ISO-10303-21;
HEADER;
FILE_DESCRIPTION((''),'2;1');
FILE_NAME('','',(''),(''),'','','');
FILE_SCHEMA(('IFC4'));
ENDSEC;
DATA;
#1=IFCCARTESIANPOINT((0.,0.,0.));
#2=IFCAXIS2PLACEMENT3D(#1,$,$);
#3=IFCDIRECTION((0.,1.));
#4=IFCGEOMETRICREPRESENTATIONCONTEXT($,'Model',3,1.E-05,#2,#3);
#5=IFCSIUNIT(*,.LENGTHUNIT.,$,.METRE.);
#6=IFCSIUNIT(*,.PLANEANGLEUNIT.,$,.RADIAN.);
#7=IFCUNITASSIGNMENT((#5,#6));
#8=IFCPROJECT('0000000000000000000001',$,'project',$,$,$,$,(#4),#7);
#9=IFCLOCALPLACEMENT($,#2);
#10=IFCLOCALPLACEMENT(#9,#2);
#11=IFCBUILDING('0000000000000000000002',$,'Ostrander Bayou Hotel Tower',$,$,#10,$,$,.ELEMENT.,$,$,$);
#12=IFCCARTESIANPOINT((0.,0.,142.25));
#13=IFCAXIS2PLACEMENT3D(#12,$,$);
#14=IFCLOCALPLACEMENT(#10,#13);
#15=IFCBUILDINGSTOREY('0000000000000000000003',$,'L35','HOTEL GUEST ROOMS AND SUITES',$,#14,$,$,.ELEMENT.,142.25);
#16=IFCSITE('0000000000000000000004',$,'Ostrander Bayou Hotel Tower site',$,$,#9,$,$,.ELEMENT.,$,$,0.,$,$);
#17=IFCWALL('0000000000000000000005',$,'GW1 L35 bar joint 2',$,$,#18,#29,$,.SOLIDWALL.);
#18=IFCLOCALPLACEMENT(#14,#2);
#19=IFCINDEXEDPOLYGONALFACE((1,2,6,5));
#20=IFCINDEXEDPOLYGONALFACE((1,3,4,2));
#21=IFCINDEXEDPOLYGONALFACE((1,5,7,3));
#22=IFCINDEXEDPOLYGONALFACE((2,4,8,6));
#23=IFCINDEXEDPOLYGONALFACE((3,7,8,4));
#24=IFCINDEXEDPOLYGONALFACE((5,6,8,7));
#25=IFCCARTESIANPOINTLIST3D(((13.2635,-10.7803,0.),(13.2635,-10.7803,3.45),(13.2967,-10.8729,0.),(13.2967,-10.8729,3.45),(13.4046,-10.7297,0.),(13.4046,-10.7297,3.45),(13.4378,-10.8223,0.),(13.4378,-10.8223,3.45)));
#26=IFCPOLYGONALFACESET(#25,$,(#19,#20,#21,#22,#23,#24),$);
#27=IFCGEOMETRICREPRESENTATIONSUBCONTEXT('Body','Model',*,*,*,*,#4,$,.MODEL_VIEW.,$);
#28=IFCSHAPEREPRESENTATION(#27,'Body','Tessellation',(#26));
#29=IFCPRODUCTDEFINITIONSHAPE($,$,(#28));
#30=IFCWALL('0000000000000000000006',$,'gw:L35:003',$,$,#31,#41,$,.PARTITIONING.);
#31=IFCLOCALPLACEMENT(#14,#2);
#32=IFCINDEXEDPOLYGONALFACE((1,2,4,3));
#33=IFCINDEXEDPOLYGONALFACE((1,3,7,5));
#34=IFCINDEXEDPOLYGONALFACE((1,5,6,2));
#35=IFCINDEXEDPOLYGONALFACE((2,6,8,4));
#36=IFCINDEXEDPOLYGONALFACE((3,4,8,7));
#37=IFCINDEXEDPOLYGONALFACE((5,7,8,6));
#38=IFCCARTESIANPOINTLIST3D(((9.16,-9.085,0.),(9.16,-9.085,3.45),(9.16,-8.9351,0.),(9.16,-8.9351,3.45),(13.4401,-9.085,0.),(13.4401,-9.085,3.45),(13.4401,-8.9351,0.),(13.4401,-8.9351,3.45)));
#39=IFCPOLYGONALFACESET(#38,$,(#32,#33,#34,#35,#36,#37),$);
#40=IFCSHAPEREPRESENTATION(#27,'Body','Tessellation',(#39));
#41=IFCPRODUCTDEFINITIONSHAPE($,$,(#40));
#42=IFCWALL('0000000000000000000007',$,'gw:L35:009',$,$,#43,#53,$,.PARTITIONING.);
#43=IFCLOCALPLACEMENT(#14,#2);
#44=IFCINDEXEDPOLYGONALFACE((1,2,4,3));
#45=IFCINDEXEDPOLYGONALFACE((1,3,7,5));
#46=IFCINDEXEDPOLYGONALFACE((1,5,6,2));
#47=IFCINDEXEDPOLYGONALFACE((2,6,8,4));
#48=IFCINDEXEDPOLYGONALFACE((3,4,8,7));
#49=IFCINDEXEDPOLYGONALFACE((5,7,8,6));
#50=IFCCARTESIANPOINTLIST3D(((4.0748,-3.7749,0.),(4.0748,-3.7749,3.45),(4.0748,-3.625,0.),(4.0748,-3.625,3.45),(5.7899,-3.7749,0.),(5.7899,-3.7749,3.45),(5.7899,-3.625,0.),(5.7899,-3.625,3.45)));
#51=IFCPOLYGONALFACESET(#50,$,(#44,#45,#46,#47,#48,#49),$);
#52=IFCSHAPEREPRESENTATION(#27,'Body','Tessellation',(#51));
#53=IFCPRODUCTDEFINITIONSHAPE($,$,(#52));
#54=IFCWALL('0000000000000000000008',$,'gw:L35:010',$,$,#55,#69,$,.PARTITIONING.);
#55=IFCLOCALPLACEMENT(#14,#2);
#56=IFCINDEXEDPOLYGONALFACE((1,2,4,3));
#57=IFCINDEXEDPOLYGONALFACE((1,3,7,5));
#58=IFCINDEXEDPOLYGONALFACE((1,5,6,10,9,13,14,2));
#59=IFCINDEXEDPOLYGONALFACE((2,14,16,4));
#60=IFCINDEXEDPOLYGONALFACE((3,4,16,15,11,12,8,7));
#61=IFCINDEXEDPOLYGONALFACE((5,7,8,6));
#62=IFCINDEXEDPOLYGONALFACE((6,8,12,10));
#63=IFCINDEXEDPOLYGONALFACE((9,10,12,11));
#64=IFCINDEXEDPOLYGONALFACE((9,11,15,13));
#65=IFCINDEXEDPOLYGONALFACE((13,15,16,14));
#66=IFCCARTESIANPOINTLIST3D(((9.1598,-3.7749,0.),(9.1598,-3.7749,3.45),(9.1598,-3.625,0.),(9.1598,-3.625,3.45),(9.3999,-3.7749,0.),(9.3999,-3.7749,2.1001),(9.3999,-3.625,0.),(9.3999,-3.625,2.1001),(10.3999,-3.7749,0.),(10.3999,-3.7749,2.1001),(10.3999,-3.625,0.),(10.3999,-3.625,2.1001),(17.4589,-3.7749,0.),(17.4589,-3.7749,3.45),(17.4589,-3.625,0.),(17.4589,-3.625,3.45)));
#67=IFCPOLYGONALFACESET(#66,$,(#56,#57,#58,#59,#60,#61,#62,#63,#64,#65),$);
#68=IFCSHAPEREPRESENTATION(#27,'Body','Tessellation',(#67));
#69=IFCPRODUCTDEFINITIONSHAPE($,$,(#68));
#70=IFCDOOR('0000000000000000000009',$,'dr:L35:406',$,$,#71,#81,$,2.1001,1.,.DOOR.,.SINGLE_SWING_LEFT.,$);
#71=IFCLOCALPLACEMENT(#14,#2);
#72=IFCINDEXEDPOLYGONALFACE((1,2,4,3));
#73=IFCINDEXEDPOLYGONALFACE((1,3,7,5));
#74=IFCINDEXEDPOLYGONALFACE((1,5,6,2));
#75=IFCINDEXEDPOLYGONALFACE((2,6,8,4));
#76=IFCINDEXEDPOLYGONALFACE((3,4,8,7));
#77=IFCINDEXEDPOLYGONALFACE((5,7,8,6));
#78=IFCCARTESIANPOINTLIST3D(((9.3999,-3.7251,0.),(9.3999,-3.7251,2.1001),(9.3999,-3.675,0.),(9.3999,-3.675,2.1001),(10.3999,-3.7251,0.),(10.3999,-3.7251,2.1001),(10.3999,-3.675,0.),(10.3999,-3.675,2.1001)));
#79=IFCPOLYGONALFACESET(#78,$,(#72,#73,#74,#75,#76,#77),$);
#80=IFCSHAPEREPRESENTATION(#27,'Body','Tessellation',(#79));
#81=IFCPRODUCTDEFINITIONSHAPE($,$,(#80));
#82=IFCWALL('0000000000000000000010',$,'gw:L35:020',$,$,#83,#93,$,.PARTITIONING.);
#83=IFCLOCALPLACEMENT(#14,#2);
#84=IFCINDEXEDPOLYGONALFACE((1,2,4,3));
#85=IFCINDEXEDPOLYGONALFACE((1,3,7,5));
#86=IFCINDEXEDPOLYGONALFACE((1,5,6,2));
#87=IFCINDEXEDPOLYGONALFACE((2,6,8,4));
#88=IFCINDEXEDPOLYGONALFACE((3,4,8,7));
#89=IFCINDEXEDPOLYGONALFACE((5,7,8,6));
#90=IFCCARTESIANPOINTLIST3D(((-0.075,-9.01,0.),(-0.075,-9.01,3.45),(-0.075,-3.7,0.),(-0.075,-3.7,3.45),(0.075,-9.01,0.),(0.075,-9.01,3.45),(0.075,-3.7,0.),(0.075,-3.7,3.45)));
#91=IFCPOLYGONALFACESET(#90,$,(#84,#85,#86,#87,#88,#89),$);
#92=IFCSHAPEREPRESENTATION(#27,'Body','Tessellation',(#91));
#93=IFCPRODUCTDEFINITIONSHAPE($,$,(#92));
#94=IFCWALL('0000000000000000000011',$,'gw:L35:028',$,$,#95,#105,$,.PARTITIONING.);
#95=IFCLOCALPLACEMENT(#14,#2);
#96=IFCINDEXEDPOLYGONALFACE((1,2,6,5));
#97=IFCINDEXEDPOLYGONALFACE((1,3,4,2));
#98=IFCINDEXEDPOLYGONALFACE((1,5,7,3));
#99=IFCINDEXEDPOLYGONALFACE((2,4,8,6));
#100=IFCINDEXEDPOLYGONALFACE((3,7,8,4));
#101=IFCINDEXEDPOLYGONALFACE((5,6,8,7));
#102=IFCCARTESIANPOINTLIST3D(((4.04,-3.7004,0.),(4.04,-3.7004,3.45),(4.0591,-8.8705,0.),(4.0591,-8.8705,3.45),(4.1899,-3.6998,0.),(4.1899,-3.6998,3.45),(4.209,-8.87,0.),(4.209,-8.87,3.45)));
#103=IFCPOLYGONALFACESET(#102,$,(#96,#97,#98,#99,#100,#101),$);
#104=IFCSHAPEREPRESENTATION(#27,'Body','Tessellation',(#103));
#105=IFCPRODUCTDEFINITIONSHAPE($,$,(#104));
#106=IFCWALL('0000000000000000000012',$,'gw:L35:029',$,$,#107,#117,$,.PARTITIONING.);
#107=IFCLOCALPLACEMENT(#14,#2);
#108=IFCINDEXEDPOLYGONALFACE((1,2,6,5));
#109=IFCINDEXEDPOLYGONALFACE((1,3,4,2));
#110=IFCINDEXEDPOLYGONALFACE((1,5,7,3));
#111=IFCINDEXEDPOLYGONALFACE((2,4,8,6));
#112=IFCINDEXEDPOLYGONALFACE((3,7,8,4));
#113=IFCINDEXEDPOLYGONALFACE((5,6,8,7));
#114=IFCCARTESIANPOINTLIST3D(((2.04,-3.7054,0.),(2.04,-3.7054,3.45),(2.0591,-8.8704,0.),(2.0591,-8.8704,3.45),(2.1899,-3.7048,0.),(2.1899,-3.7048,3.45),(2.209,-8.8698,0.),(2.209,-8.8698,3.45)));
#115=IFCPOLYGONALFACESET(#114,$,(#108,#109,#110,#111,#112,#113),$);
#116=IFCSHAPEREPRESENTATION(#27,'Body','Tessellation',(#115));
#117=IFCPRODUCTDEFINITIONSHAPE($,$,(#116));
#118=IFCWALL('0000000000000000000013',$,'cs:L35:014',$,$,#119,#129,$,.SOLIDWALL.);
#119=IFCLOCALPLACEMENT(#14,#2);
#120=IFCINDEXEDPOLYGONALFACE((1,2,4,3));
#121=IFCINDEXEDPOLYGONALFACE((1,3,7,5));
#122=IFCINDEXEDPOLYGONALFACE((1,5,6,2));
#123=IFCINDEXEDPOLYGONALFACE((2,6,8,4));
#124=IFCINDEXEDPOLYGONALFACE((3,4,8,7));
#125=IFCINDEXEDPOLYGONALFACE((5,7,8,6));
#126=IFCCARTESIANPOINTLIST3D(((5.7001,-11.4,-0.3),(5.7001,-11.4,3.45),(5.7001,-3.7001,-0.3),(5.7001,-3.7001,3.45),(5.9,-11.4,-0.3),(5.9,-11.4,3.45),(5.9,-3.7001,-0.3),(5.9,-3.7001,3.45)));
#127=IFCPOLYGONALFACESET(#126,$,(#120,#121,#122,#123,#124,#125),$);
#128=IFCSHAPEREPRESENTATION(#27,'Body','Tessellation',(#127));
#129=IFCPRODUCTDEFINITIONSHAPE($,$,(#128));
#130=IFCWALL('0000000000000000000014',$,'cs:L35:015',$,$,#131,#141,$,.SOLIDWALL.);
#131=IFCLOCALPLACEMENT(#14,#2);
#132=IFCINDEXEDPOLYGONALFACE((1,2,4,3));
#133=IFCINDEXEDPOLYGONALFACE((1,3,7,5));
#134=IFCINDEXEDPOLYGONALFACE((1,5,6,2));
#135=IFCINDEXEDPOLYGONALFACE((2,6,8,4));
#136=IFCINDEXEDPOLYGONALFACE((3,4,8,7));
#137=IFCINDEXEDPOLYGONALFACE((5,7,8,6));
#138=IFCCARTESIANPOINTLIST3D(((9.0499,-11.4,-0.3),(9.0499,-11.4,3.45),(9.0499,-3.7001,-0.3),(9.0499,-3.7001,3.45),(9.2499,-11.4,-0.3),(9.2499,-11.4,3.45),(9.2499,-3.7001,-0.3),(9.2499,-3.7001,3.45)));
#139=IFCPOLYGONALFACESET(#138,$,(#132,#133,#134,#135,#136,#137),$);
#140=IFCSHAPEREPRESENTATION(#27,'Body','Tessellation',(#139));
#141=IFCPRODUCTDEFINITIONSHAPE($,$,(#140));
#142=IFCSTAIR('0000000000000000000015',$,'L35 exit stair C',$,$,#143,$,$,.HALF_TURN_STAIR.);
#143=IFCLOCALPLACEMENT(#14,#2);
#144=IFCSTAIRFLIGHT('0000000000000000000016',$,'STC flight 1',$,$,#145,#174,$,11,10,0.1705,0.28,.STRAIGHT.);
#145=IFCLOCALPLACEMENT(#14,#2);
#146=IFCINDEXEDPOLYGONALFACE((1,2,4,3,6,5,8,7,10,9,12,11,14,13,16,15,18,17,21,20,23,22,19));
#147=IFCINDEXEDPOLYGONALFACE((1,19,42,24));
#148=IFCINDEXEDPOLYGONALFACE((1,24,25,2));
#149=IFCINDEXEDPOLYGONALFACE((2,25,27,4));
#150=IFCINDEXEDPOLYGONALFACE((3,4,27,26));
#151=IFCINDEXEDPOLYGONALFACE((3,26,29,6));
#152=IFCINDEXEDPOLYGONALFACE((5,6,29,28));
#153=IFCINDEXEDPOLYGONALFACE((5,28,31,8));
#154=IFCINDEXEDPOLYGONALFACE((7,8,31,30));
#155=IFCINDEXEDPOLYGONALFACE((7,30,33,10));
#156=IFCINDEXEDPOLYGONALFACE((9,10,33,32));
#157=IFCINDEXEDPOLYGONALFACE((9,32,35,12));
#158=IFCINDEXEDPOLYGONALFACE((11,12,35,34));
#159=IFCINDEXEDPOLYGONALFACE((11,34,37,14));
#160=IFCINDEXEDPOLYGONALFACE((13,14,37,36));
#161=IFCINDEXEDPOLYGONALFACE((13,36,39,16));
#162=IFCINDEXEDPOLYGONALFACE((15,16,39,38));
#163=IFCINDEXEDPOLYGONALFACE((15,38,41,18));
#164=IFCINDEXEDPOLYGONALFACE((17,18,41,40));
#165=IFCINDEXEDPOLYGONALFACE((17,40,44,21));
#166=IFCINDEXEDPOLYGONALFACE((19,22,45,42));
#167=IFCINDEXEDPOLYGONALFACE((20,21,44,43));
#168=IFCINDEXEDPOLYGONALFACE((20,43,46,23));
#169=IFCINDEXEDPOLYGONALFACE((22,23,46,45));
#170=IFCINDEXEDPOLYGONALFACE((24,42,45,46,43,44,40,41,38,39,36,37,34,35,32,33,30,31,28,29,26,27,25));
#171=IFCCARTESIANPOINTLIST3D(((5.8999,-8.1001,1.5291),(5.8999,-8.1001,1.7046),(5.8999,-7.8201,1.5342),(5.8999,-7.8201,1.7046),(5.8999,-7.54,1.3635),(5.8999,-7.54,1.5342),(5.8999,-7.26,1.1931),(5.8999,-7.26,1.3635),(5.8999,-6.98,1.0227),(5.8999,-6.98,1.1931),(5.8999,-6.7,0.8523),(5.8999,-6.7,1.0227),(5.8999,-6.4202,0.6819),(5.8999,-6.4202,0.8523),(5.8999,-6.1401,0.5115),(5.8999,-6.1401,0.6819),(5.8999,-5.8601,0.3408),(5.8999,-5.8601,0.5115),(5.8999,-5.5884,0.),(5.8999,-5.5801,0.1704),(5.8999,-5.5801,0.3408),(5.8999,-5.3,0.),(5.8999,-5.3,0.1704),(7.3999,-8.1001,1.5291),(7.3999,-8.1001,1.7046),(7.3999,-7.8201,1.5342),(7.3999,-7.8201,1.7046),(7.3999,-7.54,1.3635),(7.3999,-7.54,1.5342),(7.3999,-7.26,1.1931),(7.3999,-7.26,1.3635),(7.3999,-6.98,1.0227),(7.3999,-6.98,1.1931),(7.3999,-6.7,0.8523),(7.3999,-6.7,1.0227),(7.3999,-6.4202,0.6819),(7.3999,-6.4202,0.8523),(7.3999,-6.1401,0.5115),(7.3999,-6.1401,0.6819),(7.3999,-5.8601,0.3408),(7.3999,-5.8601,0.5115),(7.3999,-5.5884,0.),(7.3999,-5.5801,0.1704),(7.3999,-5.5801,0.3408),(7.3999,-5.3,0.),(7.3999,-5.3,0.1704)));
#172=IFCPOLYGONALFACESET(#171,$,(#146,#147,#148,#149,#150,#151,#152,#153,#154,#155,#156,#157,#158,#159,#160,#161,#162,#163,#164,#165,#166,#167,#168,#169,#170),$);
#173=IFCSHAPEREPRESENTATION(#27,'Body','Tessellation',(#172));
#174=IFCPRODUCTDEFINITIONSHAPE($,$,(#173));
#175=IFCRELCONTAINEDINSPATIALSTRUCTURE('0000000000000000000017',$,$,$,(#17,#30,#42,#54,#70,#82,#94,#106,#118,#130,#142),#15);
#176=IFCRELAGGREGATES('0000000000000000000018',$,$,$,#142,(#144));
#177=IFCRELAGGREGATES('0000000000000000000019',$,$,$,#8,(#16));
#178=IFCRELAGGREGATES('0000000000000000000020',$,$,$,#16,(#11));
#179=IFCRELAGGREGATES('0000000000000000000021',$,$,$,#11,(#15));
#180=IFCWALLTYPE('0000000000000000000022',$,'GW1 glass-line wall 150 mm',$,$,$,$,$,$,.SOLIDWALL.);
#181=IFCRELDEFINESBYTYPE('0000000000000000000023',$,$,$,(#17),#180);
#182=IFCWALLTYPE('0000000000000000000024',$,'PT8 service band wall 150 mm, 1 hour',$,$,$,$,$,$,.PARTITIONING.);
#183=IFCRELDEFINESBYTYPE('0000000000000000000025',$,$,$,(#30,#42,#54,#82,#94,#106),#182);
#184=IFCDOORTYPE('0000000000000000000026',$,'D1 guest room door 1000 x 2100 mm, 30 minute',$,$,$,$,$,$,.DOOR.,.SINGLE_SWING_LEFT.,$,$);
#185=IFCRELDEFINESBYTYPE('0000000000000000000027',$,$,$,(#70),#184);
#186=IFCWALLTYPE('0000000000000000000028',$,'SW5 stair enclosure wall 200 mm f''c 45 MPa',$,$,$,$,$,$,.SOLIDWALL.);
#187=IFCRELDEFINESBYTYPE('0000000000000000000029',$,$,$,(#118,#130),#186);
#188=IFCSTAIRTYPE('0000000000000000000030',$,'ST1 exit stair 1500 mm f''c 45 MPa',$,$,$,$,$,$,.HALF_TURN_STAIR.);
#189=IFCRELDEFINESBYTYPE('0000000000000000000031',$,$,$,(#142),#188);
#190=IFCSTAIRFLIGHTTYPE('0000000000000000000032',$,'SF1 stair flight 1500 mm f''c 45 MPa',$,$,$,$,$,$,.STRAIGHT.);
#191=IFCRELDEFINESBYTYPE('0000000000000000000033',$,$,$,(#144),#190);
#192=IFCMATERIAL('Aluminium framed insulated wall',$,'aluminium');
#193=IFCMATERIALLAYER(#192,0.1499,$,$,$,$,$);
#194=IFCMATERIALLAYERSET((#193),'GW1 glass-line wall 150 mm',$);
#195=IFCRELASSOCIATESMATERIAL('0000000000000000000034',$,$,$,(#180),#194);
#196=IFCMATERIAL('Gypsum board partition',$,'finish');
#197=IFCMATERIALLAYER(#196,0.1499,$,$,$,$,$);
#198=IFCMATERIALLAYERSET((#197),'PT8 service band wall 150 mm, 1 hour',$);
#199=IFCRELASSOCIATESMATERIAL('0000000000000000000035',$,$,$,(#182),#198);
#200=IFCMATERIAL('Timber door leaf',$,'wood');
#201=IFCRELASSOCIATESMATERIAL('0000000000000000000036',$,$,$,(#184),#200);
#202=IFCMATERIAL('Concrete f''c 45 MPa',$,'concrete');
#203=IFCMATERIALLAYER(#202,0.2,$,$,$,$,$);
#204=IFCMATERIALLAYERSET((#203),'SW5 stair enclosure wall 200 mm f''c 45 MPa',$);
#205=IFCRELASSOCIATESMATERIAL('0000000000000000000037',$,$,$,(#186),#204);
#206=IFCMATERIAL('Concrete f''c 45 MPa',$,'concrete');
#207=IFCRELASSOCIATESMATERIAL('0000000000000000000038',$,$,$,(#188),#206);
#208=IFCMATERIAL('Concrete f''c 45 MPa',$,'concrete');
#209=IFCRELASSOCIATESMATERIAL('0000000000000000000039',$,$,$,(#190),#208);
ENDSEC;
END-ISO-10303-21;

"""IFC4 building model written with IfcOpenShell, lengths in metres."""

from ifc_helpers import new_model, si_unit, direction, frame, frame_2d, origin, place, context, subcontext, project, spatial, polyline, rectangle, outline, extrude, material, layer, layer_set, type_object, element, fill, aggregate, save


model = new_model("IFC4")

# Units and contexts
model_context = context("Model", 3, precision=1e-05, world=origin(), true_north=direction((0.0, 1.0)))
body_context = subcontext(model_context, "Body", "Model", "MODEL_VIEW")
ifc_project = project(units=[si_unit("LENGTHUNIT", "METRE"), si_unit("PLANEANGLEUNIT", "RADIAN")], contexts=[model_context])

# Site, building, storey
site_placement = place(None, origin())
site = spatial("IfcSite", under=ifc_project, at=site_placement, Name="Ostrander Bayou Hotel Tower site", CompositionType="ELEMENT", RefElevation=0.0)
building_placement = place(site_placement, origin())
building = spatial("IfcBuilding", under=site, at=building_placement, Name="Ostrander Bayou Hotel Tower", CompositionType="ELEMENT")
storey_placement = place(building_placement, frame((0.0, 0.0, 142.25)))
storey = spatial("IfcBuildingStorey", under=building, at=storey_placement, Name="L35", Description="HOTEL GUEST ROOMS AND SUITES", CompositionType="ELEMENT", Elevation=142.25)

# Walls
ifc_material_1 = material(Name="Aluminium framed insulated wall", Category="aluminium")
ifc_layer_1 = layer(ifc_material_1, 0.1499)
ifc_layer_set_1 = layer_set([ifc_layer_1], Name="GW1 glass-line wall 150 mm")
wall_type_1 = type_object("IfcWallType", Name="GW1 glass-line wall 150 mm", PredefinedType="SOLIDWALL", material=ifc_layer_set_1)
wall_1_placement = place(storey_placement, frame((13.334, -10.7549, 0.0), z_axis=(0.0, 0.0, 1.0), x_axis=(0.337752, -0.941235, 0.0)))
element("IfcWall", 1, at=wall_1_placement, inside=storey, type_object=wall_type_1, Name="GW1 L35 bar joint 2", PredefinedType="SOLIDWALL", context=body_context, shape_type="SweptSolid", body=[
    extrude(rectangle(XDim=0.0984, YDim=0.1499, at=frame_2d((0.0493, 0.0))), origin(), (0.0, 0.0, 1.0), 3.45),
])
ifc_material_2 = material(Name="Gypsum board partition", Category="finish")
ifc_layer_2 = layer(ifc_material_2, 0.1499)
ifc_layer_set_2 = layer_set([ifc_layer_2], Name="PT8 service band wall 150 mm, 1 hour")
wall_type_2 = type_object("IfcWallType", Name="PT8 service band wall 150 mm, 1 hour", PredefinedType="PARTITIONING", material=ifc_layer_set_2)
wall_2_placement = place(storey_placement, frame((9.1599, -9.01, 0.0), z_axis=(0.0, 0.0, 1.0), x_axis=(1.0, 0.0, 0.0)))
element("IfcWall", 2, at=wall_2_placement, inside=storey, type_object=wall_type_2, Name="gw:L35:003", PredefinedType="PARTITIONING", context=body_context, shape_type="SweptSolid", body=[
    extrude(rectangle(XDim=4.28, YDim=0.1499, at=frame_2d((2.1401, 0.0))), origin(), (0.0, 0.0, 1.0), 3.45),
])
wall_3_placement = place(storey_placement, frame((4.075, -3.7, 0.0), z_axis=(0.0, 0.0, 1.0), x_axis=(1.0, 0.0, 0.0)))
element("IfcWall", 3, at=wall_3_placement, inside=storey, type_object=wall_type_2, Name="gw:L35:009", PredefinedType="PARTITIONING", context=body_context, shape_type="SweptSolid", body=[
    extrude(rectangle(XDim=1.7151, YDim=0.1499, at=frame_2d((0.8574, 0.0))), origin(), (0.0, 0.0, 1.0), 3.45),
])

# Wall, opening, door
wall_4_placement = place(storey_placement, frame((9.1599, -3.7, 0.0), z_axis=(0.0, 0.0, 1.0), x_axis=(1.0, 0.0, 0.0)))
wall_4 = element("IfcWall", 4, at=wall_4_placement, inside=storey, type_object=wall_type_2, Name="gw:L35:010", PredefinedType="PARTITIONING", context=body_context, shape_type="SweptSolid", body=[
    extrude(rectangle(XDim=8.2991, YDim=0.1499, at=frame_2d((4.1494, 0.0))), origin(), (0.0, 0.0, 1.0), 3.45),
])
opening_1_placement = place(wall_4_placement, frame((0.24, 0.0, 0.0)))
opening_1 = element("IfcOpeningElement", 5, at=opening_1_placement, cuts=wall_4, PredefinedType="OPENING", context=body_context, shape_type="SweptSolid", body=[
    extrude(rectangle(XDim=1.0, YDim=2.1001, at=frame_2d((0.5, 1.05))), frame((0.0, 0.075, 0.0), z_axis=(0.0, -1.0, 0.0), x_axis=(1.0, 0.0, 0.0)), (0.0, 0.0, 1.0), 0.1499),
])
ifc_material_3 = material(Name="Timber door leaf", Category="wood")
door_type_1 = type_object("IfcDoorType", Name="D1 guest room door 1000 x 2100 mm, 30 minute", OperationType="SINGLE_SWING_LEFT", PredefinedType="DOOR", material=ifc_material_3)
door_1_placement = place(opening_1_placement, origin())
door_1 = element("IfcDoor", 6, at=door_1_placement, inside=storey, type_object=door_type_1, Name="dr:L35:406", OperationType="SINGLE_SWING_LEFT", OverallHeight=2.1001, OverallWidth=1.0, PredefinedType="DOOR", context=body_context, shape_type="SweptSolid", body=[
    extrude(rectangle(XDim=1.0, YDim=2.1001, at=frame_2d((0.5, 1.05))), frame((0.0, 0.0249, 0.0), z_axis=(0.0, -1.0, 0.0), x_axis=(1.0, 0.0, 0.0)), (0.0, 0.0, 1.0), 0.05),
])
fill(opening_1, door_1)

# Walls
wall_5_placement = place(storey_placement, frame((0.0, -9.01, 0.0), z_axis=(0.0, 0.0, 1.0), x_axis=(0.0, 1.0, 0.0)))
element("IfcWall", 7, at=wall_5_placement, inside=storey, type_object=wall_type_2, Name="gw:L35:020", PredefinedType="PARTITIONING", context=body_context, shape_type="SweptSolid", body=[
    extrude(rectangle(XDim=5.3101, YDim=0.1499, at=frame_2d((2.655, 0.0))), origin(), (0.0, 0.0, 1.0), 3.45),
])
wall_6_placement = place(storey_placement, frame((4.134, -8.8701, 0.0), z_axis=(0.0, 0.0, 1.0), x_axis=(-0.003683, 0.999993, 0.0)))
element("IfcWall", 8, at=wall_6_placement, inside=storey, type_object=wall_type_2, Name="gw:L35:028", PredefinedType="PARTITIONING", context=body_context, shape_type="SweptSolid", body=[
    extrude(rectangle(XDim=5.1702, YDim=0.1499, at=frame_2d((2.585, 0.0))), origin(), (0.0, 0.0, 1.0), 3.45),
])
wall_7_placement = place(storey_placement, frame((2.134, -8.8701, 0.0), z_axis=(0.0, 0.0, 1.0), x_axis=(-0.003687, 0.999993, 0.0)))
element("IfcWall", 9, at=wall_7_placement, inside=storey, type_object=wall_type_2, Name="gw:L35:029", PredefinedType="PARTITIONING", context=body_context, shape_type="SweptSolid", body=[
    extrude(rectangle(XDim=5.165, YDim=0.1499, at=frame_2d((2.5825, 0.0))), origin(), (0.0, 0.0, 1.0), 3.45),
])

# Shared definitions
ifc_material_4 = material(Name="Concrete f'c 45 MPa", Category="concrete")
ifc_layer_3 = layer(ifc_material_4, 0.2)
ifc_layer_set_3 = layer_set([ifc_layer_3], Name="SW5 stair enclosure wall 200 mm f'c 45 MPa")
wall_type_3 = type_object("IfcWallType", Name="SW5 stair enclosure wall 200 mm f'c 45 MPa", PredefinedType="SOLIDWALL", material=ifc_layer_set_3)

# Walls
for number, where, z_axis, x_axis, name in (
    (10, (5.8, -3.7, -0.3), (0.0, 0.0, 1.0), (0.0, -1.0, 0.0), "cs:L35:014"),
    (11, (9.1499, -3.7, -0.3), (0.0, 0.0, 1.0), (0.0, -1.0, 0.0), "cs:L35:015"),
):
    element("IfcWall", number, at=place(storey_placement, frame(where, z_axis=z_axis, x_axis=x_axis)), inside=storey, type_object=wall_type_3, Name=name, PredefinedType="SOLIDWALL", context=body_context, shape_type="SweptSolid", body=[
        extrude(rectangle(XDim=7.7, YDim=0.2, at=frame_2d((3.8501, 0.0))), origin(), (0.0, 0.0, 1.0), 3.75),
    ])

# Stair, stair flight
ifc_material_5 = material(Name="Concrete f'c 45 MPa", Category="concrete")
stair_type = type_object("IfcStairType", Name="ST1 exit stair 1500 mm f'c 45 MPa", PredefinedType="HALF_TURN_STAIR", material=ifc_material_5)
stair_placement = place(storey_placement, origin())
stair = element("IfcStair", 12, at=stair_placement, inside=storey, type_object=stair_type, Name="L35 exit stair C", PredefinedType="HALF_TURN_STAIR")
ifc_material_6 = material(Name="Concrete f'c 45 MPa", Category="concrete")
stair_flight_type = type_object("IfcStairFlightType", Name="SF1 stair flight 1500 mm f'c 45 MPa", PredefinedType="STRAIGHT", material=ifc_material_6)
stair_flight_1_placement = place(storey_placement, frame((6.6499, -5.3, 0.0), z_axis=(0.0, 0.0, 1.0), x_axis=(0.0, -1.0, 0.0)))
stair_flight_1 = element("IfcStairFlight", 13, at=stair_flight_1_placement, type_object=stair_flight_type, Name="STC flight 1", NumberOfRisers=11, NumberOfTreads=10, PredefinedType="STRAIGHT", RiserHeight=0.1705, TreadLength=0.28, context=body_context, shape_type="SweptSolid", body=[
    extrude(outline(polyline([(0.0, 0.0), (0.0, 0.1704), (0.28, 0.1704), (0.28, 0.3408), (0.5601, 0.3408), (0.5601, 0.5115), (0.8401, 0.5115), (0.8401, 0.6819), (1.1201, 0.6819), (1.1201, 0.8523), (1.3999, 0.8523), (1.3999, 1.0227), (1.6799, 1.0227), (1.6799, 1.1931), (1.96, 1.1931), (1.96, 1.3635), (2.24, 1.3635), (2.24, 1.5342), (2.52, 1.5342), (2.52, 1.7046), (2.8, 1.7046), (2.8, 1.875), (2.8, 1.5291), (0.2883, 0.0), (0.0, 0.0)])), frame((0.0, 0.75, 0.0), z_axis=(0.0, -1.0, 0.0), x_axis=(1.0, 0.0, 0.0)), (0.0, 0.0, 1.0), 1.5),
])
aggregate(stair, [stair_flight_1])

save(model, "model.ifc")
